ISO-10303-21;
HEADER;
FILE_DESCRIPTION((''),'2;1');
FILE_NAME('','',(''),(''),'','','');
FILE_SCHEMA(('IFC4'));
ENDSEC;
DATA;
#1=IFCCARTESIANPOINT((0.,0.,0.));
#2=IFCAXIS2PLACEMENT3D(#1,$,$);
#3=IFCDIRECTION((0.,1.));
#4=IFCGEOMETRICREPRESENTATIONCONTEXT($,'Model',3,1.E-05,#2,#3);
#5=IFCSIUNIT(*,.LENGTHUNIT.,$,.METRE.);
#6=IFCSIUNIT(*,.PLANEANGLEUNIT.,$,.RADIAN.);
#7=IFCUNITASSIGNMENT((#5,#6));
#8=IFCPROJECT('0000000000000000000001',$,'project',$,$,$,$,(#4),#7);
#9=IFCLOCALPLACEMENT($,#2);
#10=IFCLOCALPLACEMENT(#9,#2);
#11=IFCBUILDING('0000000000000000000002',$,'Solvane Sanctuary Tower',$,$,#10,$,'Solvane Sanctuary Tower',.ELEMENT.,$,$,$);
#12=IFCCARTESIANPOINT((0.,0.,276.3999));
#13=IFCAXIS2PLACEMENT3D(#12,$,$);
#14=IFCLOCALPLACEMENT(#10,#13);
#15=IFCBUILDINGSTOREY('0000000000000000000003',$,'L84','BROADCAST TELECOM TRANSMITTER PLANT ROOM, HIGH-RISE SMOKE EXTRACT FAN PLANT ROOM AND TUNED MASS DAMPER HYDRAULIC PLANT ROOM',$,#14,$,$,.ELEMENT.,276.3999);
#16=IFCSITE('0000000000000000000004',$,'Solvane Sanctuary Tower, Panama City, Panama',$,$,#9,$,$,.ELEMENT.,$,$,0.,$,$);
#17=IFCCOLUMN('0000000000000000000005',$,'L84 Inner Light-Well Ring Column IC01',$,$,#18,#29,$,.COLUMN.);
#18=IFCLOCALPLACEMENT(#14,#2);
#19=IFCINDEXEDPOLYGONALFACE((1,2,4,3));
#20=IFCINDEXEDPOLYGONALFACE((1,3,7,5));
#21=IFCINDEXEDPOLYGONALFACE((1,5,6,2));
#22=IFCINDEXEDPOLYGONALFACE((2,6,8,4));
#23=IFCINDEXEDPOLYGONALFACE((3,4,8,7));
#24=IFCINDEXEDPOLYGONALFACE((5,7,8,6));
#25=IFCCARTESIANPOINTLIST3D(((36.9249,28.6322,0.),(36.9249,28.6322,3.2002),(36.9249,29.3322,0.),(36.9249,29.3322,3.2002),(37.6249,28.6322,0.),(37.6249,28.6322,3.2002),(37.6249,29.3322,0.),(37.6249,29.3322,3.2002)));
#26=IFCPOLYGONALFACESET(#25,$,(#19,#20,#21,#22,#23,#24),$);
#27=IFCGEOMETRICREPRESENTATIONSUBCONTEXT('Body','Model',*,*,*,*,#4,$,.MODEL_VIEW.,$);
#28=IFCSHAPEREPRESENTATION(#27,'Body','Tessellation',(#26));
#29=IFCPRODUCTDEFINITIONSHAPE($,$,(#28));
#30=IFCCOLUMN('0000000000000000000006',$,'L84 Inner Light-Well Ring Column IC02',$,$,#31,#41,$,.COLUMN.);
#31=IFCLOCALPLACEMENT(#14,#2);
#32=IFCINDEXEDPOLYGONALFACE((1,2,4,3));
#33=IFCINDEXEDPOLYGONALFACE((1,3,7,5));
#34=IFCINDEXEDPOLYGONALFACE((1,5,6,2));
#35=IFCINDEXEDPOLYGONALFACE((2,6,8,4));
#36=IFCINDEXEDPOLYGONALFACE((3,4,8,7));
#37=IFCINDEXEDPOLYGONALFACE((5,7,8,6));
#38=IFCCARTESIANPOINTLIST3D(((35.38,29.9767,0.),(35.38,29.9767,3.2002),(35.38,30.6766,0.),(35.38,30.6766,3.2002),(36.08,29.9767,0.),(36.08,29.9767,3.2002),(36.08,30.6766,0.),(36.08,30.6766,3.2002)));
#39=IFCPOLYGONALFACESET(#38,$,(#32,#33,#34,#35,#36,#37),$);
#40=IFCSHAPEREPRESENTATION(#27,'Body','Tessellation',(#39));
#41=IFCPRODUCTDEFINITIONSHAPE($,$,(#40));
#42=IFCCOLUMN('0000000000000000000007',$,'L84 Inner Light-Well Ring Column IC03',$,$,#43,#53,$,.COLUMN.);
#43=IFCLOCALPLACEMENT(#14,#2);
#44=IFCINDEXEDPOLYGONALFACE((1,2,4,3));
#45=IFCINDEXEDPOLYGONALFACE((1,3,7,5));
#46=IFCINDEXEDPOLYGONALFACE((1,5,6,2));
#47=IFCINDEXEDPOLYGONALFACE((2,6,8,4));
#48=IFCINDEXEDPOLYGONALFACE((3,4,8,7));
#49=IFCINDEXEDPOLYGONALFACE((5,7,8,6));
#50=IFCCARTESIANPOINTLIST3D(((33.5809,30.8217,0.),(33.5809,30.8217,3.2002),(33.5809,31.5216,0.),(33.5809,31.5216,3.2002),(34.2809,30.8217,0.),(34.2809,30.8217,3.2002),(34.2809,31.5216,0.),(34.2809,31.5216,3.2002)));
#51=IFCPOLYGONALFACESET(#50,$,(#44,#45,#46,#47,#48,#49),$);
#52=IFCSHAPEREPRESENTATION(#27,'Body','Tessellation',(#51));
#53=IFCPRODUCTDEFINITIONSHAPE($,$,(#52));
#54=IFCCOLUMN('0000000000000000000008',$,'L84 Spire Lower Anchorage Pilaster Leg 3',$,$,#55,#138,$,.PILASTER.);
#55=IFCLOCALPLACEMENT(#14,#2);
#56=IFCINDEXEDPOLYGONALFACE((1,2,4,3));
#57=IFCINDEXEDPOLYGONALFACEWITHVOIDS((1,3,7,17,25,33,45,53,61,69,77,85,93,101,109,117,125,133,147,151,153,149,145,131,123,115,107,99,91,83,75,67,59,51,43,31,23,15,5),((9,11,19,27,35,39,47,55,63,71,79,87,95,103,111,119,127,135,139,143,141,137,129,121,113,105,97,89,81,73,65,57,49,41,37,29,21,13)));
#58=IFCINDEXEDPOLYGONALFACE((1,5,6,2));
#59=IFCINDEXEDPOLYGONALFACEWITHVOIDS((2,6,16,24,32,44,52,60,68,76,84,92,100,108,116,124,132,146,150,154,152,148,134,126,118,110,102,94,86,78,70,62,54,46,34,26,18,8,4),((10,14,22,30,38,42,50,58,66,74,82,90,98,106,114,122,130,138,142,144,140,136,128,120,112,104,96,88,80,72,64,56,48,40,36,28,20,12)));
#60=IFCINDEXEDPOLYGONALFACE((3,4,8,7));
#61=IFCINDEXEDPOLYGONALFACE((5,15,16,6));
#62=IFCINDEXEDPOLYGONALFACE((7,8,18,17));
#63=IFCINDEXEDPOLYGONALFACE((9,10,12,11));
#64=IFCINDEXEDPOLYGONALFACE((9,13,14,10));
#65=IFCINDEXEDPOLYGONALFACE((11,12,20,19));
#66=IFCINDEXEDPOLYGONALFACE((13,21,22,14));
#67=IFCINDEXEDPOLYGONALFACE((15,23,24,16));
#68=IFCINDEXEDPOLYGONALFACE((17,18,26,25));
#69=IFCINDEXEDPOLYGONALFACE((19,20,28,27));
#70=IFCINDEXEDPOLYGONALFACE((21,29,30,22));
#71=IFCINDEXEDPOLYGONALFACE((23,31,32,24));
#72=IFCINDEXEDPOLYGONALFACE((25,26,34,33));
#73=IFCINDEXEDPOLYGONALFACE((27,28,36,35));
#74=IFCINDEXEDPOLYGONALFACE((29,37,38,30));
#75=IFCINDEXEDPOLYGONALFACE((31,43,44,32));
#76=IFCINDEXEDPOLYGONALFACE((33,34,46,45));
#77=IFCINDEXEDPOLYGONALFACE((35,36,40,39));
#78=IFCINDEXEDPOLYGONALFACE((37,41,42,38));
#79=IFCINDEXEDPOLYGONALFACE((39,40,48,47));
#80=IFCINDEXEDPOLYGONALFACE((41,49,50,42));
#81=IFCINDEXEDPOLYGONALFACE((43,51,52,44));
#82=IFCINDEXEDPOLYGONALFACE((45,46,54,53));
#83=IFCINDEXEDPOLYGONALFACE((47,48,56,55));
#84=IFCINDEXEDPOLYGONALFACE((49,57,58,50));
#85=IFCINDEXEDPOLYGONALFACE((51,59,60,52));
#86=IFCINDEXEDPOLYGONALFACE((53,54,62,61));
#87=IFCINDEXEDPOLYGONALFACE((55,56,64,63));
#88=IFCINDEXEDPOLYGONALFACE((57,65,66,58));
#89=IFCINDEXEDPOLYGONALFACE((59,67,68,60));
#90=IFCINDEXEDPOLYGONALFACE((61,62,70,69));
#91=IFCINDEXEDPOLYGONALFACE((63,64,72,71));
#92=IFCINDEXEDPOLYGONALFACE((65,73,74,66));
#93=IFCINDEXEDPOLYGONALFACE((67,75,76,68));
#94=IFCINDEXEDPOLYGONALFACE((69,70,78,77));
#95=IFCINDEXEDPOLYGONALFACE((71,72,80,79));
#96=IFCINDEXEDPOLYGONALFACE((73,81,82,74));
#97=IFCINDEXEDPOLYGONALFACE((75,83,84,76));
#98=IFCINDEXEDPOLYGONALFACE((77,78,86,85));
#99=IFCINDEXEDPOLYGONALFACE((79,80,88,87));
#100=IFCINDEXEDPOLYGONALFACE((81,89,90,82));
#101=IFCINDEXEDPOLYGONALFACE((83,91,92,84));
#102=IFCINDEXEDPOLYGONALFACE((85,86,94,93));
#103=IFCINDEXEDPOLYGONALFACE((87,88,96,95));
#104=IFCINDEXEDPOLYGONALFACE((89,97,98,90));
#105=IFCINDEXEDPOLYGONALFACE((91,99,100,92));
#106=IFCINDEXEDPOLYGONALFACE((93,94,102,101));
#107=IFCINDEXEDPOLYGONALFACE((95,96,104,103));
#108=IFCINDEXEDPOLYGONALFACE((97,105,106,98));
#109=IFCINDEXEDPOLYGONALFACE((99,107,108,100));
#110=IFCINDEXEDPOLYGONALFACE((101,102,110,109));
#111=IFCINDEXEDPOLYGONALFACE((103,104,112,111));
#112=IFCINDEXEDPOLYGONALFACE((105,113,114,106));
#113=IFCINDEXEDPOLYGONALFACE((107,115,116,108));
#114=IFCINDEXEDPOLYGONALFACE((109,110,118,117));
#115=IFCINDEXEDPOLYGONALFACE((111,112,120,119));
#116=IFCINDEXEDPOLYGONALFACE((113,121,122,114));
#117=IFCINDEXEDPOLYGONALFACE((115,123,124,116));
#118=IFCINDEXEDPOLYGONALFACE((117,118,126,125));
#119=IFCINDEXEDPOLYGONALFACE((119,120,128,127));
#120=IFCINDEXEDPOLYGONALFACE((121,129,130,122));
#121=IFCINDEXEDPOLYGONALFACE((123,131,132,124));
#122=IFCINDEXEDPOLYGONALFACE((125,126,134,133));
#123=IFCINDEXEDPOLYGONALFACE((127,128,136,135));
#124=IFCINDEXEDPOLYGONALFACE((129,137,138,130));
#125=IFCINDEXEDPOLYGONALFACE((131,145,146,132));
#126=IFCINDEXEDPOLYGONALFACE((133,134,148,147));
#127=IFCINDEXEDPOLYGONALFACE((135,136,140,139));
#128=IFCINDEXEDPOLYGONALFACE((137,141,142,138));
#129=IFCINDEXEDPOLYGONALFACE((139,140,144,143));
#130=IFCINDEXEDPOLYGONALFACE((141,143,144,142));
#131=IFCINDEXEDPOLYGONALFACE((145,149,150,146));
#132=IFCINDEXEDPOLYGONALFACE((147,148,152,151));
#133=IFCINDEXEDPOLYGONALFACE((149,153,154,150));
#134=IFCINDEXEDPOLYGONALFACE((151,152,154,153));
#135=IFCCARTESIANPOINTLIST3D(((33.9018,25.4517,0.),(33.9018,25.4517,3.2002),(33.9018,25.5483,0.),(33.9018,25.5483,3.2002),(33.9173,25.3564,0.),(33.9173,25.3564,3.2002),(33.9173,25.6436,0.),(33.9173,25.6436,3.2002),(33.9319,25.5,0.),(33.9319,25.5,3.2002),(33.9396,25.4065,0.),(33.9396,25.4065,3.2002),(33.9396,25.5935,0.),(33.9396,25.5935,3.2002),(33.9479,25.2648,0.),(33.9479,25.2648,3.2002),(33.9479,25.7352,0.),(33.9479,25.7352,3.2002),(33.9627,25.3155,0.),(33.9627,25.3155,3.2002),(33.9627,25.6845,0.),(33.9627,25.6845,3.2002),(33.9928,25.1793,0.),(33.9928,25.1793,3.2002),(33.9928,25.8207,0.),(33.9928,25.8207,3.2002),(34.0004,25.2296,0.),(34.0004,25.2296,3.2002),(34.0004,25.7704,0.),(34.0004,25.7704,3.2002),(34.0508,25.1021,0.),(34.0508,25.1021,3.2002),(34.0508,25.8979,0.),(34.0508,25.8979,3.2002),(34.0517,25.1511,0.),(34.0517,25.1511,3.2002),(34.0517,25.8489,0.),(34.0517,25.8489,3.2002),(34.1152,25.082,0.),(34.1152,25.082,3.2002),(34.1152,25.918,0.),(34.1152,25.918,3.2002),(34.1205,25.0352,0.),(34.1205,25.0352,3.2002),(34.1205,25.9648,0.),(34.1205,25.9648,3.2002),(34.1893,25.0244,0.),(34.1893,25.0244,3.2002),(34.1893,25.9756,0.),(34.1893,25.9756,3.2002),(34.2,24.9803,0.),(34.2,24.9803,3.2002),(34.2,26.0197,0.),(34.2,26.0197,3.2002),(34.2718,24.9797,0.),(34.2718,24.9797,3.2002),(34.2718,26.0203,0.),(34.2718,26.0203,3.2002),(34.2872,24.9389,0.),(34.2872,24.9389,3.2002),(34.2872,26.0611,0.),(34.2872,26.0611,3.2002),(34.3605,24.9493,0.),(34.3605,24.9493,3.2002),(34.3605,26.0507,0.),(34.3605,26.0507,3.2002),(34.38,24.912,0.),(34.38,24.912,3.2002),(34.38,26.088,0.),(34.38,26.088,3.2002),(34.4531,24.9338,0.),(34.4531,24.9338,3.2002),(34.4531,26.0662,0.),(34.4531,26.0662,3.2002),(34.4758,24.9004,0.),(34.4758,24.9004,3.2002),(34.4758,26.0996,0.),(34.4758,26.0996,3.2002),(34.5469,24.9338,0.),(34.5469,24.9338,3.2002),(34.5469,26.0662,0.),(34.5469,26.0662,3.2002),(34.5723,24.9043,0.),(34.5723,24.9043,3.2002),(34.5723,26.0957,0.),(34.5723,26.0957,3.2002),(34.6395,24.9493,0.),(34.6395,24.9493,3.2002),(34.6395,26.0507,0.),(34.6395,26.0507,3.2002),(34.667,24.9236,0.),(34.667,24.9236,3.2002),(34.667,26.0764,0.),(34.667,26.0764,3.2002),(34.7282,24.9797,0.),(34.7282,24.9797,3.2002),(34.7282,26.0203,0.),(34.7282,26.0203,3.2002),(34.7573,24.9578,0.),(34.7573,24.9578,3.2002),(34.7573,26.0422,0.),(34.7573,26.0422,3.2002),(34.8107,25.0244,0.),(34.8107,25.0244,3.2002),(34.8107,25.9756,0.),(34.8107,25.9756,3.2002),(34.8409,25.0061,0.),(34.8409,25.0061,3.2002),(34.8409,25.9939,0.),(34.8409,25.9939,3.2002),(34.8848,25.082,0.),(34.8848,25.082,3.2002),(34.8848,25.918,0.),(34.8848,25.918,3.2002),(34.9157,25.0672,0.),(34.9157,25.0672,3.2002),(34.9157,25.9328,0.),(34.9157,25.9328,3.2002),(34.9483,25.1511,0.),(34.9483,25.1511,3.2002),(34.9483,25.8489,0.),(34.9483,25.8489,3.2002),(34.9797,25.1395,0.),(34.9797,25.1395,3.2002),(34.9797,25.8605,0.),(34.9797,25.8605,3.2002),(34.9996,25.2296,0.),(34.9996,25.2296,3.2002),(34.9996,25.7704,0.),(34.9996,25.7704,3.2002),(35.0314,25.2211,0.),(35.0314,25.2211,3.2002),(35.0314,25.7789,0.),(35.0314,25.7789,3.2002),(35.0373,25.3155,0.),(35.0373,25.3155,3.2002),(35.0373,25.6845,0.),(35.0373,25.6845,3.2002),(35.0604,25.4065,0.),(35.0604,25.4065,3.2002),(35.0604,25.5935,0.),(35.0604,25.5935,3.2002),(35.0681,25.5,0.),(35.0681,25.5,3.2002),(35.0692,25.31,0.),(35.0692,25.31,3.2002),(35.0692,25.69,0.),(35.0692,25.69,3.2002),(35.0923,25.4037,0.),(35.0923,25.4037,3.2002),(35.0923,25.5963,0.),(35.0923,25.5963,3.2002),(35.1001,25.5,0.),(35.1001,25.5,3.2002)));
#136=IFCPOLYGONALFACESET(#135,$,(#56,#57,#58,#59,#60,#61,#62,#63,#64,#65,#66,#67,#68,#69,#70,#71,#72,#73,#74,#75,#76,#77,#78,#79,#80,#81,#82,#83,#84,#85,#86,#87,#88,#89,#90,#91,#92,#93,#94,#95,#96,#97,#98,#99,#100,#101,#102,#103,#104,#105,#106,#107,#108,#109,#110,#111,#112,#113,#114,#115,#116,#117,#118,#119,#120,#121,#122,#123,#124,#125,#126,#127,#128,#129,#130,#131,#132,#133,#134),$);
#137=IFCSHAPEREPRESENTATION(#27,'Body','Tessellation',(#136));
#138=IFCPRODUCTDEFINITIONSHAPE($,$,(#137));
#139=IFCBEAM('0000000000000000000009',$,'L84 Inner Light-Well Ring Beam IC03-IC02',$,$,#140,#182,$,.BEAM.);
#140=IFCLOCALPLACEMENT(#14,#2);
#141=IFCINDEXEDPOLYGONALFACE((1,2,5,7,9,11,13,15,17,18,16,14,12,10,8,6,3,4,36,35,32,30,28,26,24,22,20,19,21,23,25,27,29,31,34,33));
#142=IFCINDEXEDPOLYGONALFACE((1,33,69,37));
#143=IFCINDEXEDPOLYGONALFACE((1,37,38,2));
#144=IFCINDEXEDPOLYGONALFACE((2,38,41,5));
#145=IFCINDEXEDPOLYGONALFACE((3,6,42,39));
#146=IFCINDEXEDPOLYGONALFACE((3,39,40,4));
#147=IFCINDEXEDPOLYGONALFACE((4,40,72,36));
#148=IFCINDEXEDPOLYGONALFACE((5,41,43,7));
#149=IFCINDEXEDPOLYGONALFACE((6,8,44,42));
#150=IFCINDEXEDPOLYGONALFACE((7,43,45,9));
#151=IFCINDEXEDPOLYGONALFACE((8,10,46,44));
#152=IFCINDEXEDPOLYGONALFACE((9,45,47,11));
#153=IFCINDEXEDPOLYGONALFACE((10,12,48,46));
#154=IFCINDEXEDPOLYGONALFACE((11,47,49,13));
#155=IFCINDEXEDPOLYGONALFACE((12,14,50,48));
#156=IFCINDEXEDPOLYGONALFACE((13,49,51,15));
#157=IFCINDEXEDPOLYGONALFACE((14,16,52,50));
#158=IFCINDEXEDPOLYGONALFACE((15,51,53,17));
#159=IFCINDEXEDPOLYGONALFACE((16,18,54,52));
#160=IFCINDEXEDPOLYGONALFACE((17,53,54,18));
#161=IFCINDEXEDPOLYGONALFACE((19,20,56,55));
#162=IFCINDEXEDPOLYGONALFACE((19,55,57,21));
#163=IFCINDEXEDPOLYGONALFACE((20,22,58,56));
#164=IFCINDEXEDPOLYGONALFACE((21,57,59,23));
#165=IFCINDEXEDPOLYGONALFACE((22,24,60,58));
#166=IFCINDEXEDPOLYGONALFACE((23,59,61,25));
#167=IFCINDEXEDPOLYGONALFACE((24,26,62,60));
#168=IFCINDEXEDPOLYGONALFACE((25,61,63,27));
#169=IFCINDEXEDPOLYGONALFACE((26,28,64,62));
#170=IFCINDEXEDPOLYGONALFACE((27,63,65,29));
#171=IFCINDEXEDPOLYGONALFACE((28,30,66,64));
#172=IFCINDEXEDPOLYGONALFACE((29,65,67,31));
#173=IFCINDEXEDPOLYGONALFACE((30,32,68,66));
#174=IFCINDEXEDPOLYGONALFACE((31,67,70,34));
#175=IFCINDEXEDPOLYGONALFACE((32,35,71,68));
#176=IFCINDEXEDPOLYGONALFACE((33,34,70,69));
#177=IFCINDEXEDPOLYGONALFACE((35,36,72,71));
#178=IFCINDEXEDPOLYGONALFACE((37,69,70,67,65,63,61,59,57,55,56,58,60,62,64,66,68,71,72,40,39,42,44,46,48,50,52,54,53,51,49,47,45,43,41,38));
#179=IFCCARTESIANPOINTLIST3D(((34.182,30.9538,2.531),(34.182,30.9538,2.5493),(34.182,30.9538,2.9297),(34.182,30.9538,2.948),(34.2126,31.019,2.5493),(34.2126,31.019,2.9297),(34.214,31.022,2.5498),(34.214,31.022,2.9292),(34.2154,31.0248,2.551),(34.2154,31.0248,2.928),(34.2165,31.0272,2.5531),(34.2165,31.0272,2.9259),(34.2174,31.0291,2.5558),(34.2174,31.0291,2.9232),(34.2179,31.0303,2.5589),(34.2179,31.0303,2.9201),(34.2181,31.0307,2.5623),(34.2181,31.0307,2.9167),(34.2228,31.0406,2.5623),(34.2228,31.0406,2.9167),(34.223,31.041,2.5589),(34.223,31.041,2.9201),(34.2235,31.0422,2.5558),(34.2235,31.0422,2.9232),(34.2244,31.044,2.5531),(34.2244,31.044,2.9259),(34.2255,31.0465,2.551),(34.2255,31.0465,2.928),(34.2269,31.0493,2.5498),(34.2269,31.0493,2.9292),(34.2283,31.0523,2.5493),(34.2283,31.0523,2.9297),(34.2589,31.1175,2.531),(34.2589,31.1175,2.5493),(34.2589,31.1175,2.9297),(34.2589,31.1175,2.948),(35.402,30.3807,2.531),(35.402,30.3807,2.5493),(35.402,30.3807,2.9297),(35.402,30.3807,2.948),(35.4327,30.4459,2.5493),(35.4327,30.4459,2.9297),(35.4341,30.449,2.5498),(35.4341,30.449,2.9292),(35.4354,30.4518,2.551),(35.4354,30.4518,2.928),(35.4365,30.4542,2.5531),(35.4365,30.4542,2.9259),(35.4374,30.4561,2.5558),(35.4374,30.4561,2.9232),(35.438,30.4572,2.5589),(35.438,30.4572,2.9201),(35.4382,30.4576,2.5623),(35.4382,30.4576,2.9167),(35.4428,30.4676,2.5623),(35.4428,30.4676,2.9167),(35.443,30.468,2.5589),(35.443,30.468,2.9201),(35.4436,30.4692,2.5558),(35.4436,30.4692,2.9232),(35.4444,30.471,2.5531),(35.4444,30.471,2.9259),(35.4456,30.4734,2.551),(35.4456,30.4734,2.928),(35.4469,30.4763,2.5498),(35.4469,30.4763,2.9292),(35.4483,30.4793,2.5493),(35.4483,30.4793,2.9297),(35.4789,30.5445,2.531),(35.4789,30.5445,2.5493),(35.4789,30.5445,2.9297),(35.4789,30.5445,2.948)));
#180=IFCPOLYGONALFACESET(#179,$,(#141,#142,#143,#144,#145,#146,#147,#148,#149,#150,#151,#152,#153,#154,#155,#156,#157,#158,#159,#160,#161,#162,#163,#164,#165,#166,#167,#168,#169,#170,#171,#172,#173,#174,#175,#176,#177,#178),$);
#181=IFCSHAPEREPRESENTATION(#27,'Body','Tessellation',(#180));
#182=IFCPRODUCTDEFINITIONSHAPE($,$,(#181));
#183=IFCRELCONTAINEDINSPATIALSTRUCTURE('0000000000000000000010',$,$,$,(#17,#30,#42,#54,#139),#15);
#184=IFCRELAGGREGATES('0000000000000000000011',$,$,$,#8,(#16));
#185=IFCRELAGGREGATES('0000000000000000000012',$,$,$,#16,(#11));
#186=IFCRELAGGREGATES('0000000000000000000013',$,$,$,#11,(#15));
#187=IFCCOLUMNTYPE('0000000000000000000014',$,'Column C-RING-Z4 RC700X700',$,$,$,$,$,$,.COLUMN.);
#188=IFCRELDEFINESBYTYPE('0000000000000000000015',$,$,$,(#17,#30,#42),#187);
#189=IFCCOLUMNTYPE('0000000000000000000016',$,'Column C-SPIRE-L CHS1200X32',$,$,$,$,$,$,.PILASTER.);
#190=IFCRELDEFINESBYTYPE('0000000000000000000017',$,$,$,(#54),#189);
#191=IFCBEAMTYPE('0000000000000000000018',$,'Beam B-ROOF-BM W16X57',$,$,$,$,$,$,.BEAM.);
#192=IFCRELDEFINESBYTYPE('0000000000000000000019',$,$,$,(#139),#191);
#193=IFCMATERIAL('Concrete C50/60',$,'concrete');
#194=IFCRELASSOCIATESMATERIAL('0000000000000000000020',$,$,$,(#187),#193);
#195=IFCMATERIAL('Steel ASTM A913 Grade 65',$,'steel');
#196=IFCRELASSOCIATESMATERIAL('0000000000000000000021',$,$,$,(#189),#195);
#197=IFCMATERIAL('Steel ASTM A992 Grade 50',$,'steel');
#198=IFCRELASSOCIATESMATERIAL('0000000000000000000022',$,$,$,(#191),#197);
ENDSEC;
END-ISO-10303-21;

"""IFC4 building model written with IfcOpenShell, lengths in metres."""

from ifc_helpers import new_model, si_unit, direction, frame, origin, origin_2d, place, context, subcontext, project, spatial, rectangle, hollow_circle, i_section, extrude, material, material_profile, profile_set, type_object, element, save


model = new_model("IFC4")

# Units and contexts
model_context = context("Model", 3, precision=1e-05, world=origin(), true_north=direction((0.0, 1.0)))
body_context = subcontext(model_context, "Body", "Model", "MODEL_VIEW")
ifc_project = project(units=[si_unit("LENGTHUNIT", "METRE"), si_unit("PLANEANGLEUNIT", "RADIAN")], contexts=[model_context])

# Site, building, storey
site_placement = place(None, origin())
site = spatial("IfcSite", under=ifc_project, at=site_placement, Name="Solvane Sanctuary Tower, Panama City, Panama", CompositionType="ELEMENT", RefElevation=0.0)
building_placement = place(site_placement, origin())
building = spatial("IfcBuilding", under=site, at=building_placement, Name="Solvane Sanctuary Tower", LongName="Solvane Sanctuary Tower", CompositionType="ELEMENT")
storey_placement = place(building_placement, frame((0.0, 0.0, 276.3999)))
storey = spatial("IfcBuildingStorey", under=building, at=storey_placement, Name="L84", Description="BROADCAST TELECOM TRANSMITTER PLANT ROOM, HIGH-RISE SMOKE EXTRACT FAN PLANT ROOM AND TUNED MASS DAMPER HYDRAULIC PLANT ROOM", CompositionType="ELEMENT", Elevation=276.3999)

# Columns
ifc_material_1 = material(Name="Concrete C50/60", Category="concrete")
ifc_material_profile_1 = material_profile(ifc_material_1, rectangle(XDim=0.7, YDim=0.7, at=origin_2d()), Name="RC700X700")
ifc_profile_set_1 = profile_set([ifc_material_profile_1], Name="Concrete C50/60")
column_type_1 = type_object("IfcColumnType", Name="Column C-RING-Z4 RC700X700", PredefinedType="COLUMN", material=ifc_profile_set_1)
for number, where, z_axis, x_axis, name in (
    (1, (37.2749, 28.9822, 0.0), (0.0, 0.0, 1.0), (1.0, 0.0, 0.0), "L84 Inner Light-Well Ring Column IC01"),
    (2, (35.73, 30.3267, 0.0), (0.0, 0.0, 1.0), (1.0, 0.0, 0.0), "L84 Inner Light-Well Ring Column IC02"),
    (3, (33.9309, 31.1716, 0.0), (0.0, 0.0, 1.0), (1.0, 0.0, 0.0), "L84 Inner Light-Well Ring Column IC03"),
):
    element("IfcColumn", number, at=place(storey_placement, frame(where, z_axis=z_axis, x_axis=x_axis)), inside=storey, type_object=column_type_1, Name=name, PredefinedType="COLUMN", context=body_context, shape_type="SweptSolid", body=[
        extrude(rectangle(XDim=0.7, YDim=0.7, at=origin_2d()), origin(), (0.0, 0.0, 1.0), 3.2002),
    ])
ifc_material_2 = material(Name="Steel ASTM A913 Grade 65", Category="steel")
ifc_material_profile_2 = material_profile(ifc_material_2, hollow_circle(Radius=0.6001, WallThickness=0.032, at=origin_2d()), Name="CHS1200X32")
ifc_profile_set_2 = profile_set([ifc_material_profile_2], Name="Steel ASTM A913 Grade 65")
column_type_2 = type_object("IfcColumnType", Name="Column C-SPIRE-L CHS1200X32", PredefinedType="PILASTER", material=ifc_profile_set_2)
column_placement = place(storey_placement, frame((34.5, 25.5, 0.0), z_axis=(0.0, 0.0, 1.0), x_axis=(1.0, 0.0, 0.0)))
element("IfcColumn", 4, at=column_placement, inside=storey, type_object=column_type_2, Name="L84 Spire Lower Anchorage Pilaster Leg 3", PredefinedType="PILASTER", context=body_context, shape_type="SweptSolid", body=[
    extrude(hollow_circle(Radius=0.6001, WallThickness=0.032, at=origin_2d()), origin(), (0.0, 0.0, 1.0), 3.2002),
])

# Beam
ifc_material_3 = material(Name="Steel ASTM A992 Grade 50", Category="steel")
ifc_material_profile_3 = material_profile(ifc_material_3, i_section(OverallWidth=0.1809, OverallDepth=0.417, WebThickness=0.011, FlangeThickness=0.0183, FilletRadius=0.0129, at=origin_2d()), Name="W16X57")
ifc_profile_set_3 = profile_set([ifc_material_profile_3], Name="Steel ASTM A992 Grade 50")
beam_type_1 = type_object("IfcBeamType", Name="Beam B-ROOF-BM W16X57", PredefinedType="BEAM", material=ifc_profile_set_3)
beam_1_placement = place(storey_placement, frame((34.2205, 31.0356, 2.7395), z_axis=(0.905135, -0.425125, 0.0), x_axis=(0.425125, 0.905135, 0.0)))
element("IfcBeam", 5, at=beam_1_placement, inside=storey, type_object=beam_type_1, Name="L84 Inner Light-Well Ring Beam IC03-IC02", PredefinedType="BEAM", context=body_context, shape_type="SweptSolid", body=[
    extrude(i_section(OverallWidth=0.1809, OverallDepth=0.417, WebThickness=0.011, FlangeThickness=0.0183, FilletRadius=0.0129, at=origin_2d()), origin(), (0.0, 0.0, 1.0), 1.3479),
])

save(model, "model.ifc")
